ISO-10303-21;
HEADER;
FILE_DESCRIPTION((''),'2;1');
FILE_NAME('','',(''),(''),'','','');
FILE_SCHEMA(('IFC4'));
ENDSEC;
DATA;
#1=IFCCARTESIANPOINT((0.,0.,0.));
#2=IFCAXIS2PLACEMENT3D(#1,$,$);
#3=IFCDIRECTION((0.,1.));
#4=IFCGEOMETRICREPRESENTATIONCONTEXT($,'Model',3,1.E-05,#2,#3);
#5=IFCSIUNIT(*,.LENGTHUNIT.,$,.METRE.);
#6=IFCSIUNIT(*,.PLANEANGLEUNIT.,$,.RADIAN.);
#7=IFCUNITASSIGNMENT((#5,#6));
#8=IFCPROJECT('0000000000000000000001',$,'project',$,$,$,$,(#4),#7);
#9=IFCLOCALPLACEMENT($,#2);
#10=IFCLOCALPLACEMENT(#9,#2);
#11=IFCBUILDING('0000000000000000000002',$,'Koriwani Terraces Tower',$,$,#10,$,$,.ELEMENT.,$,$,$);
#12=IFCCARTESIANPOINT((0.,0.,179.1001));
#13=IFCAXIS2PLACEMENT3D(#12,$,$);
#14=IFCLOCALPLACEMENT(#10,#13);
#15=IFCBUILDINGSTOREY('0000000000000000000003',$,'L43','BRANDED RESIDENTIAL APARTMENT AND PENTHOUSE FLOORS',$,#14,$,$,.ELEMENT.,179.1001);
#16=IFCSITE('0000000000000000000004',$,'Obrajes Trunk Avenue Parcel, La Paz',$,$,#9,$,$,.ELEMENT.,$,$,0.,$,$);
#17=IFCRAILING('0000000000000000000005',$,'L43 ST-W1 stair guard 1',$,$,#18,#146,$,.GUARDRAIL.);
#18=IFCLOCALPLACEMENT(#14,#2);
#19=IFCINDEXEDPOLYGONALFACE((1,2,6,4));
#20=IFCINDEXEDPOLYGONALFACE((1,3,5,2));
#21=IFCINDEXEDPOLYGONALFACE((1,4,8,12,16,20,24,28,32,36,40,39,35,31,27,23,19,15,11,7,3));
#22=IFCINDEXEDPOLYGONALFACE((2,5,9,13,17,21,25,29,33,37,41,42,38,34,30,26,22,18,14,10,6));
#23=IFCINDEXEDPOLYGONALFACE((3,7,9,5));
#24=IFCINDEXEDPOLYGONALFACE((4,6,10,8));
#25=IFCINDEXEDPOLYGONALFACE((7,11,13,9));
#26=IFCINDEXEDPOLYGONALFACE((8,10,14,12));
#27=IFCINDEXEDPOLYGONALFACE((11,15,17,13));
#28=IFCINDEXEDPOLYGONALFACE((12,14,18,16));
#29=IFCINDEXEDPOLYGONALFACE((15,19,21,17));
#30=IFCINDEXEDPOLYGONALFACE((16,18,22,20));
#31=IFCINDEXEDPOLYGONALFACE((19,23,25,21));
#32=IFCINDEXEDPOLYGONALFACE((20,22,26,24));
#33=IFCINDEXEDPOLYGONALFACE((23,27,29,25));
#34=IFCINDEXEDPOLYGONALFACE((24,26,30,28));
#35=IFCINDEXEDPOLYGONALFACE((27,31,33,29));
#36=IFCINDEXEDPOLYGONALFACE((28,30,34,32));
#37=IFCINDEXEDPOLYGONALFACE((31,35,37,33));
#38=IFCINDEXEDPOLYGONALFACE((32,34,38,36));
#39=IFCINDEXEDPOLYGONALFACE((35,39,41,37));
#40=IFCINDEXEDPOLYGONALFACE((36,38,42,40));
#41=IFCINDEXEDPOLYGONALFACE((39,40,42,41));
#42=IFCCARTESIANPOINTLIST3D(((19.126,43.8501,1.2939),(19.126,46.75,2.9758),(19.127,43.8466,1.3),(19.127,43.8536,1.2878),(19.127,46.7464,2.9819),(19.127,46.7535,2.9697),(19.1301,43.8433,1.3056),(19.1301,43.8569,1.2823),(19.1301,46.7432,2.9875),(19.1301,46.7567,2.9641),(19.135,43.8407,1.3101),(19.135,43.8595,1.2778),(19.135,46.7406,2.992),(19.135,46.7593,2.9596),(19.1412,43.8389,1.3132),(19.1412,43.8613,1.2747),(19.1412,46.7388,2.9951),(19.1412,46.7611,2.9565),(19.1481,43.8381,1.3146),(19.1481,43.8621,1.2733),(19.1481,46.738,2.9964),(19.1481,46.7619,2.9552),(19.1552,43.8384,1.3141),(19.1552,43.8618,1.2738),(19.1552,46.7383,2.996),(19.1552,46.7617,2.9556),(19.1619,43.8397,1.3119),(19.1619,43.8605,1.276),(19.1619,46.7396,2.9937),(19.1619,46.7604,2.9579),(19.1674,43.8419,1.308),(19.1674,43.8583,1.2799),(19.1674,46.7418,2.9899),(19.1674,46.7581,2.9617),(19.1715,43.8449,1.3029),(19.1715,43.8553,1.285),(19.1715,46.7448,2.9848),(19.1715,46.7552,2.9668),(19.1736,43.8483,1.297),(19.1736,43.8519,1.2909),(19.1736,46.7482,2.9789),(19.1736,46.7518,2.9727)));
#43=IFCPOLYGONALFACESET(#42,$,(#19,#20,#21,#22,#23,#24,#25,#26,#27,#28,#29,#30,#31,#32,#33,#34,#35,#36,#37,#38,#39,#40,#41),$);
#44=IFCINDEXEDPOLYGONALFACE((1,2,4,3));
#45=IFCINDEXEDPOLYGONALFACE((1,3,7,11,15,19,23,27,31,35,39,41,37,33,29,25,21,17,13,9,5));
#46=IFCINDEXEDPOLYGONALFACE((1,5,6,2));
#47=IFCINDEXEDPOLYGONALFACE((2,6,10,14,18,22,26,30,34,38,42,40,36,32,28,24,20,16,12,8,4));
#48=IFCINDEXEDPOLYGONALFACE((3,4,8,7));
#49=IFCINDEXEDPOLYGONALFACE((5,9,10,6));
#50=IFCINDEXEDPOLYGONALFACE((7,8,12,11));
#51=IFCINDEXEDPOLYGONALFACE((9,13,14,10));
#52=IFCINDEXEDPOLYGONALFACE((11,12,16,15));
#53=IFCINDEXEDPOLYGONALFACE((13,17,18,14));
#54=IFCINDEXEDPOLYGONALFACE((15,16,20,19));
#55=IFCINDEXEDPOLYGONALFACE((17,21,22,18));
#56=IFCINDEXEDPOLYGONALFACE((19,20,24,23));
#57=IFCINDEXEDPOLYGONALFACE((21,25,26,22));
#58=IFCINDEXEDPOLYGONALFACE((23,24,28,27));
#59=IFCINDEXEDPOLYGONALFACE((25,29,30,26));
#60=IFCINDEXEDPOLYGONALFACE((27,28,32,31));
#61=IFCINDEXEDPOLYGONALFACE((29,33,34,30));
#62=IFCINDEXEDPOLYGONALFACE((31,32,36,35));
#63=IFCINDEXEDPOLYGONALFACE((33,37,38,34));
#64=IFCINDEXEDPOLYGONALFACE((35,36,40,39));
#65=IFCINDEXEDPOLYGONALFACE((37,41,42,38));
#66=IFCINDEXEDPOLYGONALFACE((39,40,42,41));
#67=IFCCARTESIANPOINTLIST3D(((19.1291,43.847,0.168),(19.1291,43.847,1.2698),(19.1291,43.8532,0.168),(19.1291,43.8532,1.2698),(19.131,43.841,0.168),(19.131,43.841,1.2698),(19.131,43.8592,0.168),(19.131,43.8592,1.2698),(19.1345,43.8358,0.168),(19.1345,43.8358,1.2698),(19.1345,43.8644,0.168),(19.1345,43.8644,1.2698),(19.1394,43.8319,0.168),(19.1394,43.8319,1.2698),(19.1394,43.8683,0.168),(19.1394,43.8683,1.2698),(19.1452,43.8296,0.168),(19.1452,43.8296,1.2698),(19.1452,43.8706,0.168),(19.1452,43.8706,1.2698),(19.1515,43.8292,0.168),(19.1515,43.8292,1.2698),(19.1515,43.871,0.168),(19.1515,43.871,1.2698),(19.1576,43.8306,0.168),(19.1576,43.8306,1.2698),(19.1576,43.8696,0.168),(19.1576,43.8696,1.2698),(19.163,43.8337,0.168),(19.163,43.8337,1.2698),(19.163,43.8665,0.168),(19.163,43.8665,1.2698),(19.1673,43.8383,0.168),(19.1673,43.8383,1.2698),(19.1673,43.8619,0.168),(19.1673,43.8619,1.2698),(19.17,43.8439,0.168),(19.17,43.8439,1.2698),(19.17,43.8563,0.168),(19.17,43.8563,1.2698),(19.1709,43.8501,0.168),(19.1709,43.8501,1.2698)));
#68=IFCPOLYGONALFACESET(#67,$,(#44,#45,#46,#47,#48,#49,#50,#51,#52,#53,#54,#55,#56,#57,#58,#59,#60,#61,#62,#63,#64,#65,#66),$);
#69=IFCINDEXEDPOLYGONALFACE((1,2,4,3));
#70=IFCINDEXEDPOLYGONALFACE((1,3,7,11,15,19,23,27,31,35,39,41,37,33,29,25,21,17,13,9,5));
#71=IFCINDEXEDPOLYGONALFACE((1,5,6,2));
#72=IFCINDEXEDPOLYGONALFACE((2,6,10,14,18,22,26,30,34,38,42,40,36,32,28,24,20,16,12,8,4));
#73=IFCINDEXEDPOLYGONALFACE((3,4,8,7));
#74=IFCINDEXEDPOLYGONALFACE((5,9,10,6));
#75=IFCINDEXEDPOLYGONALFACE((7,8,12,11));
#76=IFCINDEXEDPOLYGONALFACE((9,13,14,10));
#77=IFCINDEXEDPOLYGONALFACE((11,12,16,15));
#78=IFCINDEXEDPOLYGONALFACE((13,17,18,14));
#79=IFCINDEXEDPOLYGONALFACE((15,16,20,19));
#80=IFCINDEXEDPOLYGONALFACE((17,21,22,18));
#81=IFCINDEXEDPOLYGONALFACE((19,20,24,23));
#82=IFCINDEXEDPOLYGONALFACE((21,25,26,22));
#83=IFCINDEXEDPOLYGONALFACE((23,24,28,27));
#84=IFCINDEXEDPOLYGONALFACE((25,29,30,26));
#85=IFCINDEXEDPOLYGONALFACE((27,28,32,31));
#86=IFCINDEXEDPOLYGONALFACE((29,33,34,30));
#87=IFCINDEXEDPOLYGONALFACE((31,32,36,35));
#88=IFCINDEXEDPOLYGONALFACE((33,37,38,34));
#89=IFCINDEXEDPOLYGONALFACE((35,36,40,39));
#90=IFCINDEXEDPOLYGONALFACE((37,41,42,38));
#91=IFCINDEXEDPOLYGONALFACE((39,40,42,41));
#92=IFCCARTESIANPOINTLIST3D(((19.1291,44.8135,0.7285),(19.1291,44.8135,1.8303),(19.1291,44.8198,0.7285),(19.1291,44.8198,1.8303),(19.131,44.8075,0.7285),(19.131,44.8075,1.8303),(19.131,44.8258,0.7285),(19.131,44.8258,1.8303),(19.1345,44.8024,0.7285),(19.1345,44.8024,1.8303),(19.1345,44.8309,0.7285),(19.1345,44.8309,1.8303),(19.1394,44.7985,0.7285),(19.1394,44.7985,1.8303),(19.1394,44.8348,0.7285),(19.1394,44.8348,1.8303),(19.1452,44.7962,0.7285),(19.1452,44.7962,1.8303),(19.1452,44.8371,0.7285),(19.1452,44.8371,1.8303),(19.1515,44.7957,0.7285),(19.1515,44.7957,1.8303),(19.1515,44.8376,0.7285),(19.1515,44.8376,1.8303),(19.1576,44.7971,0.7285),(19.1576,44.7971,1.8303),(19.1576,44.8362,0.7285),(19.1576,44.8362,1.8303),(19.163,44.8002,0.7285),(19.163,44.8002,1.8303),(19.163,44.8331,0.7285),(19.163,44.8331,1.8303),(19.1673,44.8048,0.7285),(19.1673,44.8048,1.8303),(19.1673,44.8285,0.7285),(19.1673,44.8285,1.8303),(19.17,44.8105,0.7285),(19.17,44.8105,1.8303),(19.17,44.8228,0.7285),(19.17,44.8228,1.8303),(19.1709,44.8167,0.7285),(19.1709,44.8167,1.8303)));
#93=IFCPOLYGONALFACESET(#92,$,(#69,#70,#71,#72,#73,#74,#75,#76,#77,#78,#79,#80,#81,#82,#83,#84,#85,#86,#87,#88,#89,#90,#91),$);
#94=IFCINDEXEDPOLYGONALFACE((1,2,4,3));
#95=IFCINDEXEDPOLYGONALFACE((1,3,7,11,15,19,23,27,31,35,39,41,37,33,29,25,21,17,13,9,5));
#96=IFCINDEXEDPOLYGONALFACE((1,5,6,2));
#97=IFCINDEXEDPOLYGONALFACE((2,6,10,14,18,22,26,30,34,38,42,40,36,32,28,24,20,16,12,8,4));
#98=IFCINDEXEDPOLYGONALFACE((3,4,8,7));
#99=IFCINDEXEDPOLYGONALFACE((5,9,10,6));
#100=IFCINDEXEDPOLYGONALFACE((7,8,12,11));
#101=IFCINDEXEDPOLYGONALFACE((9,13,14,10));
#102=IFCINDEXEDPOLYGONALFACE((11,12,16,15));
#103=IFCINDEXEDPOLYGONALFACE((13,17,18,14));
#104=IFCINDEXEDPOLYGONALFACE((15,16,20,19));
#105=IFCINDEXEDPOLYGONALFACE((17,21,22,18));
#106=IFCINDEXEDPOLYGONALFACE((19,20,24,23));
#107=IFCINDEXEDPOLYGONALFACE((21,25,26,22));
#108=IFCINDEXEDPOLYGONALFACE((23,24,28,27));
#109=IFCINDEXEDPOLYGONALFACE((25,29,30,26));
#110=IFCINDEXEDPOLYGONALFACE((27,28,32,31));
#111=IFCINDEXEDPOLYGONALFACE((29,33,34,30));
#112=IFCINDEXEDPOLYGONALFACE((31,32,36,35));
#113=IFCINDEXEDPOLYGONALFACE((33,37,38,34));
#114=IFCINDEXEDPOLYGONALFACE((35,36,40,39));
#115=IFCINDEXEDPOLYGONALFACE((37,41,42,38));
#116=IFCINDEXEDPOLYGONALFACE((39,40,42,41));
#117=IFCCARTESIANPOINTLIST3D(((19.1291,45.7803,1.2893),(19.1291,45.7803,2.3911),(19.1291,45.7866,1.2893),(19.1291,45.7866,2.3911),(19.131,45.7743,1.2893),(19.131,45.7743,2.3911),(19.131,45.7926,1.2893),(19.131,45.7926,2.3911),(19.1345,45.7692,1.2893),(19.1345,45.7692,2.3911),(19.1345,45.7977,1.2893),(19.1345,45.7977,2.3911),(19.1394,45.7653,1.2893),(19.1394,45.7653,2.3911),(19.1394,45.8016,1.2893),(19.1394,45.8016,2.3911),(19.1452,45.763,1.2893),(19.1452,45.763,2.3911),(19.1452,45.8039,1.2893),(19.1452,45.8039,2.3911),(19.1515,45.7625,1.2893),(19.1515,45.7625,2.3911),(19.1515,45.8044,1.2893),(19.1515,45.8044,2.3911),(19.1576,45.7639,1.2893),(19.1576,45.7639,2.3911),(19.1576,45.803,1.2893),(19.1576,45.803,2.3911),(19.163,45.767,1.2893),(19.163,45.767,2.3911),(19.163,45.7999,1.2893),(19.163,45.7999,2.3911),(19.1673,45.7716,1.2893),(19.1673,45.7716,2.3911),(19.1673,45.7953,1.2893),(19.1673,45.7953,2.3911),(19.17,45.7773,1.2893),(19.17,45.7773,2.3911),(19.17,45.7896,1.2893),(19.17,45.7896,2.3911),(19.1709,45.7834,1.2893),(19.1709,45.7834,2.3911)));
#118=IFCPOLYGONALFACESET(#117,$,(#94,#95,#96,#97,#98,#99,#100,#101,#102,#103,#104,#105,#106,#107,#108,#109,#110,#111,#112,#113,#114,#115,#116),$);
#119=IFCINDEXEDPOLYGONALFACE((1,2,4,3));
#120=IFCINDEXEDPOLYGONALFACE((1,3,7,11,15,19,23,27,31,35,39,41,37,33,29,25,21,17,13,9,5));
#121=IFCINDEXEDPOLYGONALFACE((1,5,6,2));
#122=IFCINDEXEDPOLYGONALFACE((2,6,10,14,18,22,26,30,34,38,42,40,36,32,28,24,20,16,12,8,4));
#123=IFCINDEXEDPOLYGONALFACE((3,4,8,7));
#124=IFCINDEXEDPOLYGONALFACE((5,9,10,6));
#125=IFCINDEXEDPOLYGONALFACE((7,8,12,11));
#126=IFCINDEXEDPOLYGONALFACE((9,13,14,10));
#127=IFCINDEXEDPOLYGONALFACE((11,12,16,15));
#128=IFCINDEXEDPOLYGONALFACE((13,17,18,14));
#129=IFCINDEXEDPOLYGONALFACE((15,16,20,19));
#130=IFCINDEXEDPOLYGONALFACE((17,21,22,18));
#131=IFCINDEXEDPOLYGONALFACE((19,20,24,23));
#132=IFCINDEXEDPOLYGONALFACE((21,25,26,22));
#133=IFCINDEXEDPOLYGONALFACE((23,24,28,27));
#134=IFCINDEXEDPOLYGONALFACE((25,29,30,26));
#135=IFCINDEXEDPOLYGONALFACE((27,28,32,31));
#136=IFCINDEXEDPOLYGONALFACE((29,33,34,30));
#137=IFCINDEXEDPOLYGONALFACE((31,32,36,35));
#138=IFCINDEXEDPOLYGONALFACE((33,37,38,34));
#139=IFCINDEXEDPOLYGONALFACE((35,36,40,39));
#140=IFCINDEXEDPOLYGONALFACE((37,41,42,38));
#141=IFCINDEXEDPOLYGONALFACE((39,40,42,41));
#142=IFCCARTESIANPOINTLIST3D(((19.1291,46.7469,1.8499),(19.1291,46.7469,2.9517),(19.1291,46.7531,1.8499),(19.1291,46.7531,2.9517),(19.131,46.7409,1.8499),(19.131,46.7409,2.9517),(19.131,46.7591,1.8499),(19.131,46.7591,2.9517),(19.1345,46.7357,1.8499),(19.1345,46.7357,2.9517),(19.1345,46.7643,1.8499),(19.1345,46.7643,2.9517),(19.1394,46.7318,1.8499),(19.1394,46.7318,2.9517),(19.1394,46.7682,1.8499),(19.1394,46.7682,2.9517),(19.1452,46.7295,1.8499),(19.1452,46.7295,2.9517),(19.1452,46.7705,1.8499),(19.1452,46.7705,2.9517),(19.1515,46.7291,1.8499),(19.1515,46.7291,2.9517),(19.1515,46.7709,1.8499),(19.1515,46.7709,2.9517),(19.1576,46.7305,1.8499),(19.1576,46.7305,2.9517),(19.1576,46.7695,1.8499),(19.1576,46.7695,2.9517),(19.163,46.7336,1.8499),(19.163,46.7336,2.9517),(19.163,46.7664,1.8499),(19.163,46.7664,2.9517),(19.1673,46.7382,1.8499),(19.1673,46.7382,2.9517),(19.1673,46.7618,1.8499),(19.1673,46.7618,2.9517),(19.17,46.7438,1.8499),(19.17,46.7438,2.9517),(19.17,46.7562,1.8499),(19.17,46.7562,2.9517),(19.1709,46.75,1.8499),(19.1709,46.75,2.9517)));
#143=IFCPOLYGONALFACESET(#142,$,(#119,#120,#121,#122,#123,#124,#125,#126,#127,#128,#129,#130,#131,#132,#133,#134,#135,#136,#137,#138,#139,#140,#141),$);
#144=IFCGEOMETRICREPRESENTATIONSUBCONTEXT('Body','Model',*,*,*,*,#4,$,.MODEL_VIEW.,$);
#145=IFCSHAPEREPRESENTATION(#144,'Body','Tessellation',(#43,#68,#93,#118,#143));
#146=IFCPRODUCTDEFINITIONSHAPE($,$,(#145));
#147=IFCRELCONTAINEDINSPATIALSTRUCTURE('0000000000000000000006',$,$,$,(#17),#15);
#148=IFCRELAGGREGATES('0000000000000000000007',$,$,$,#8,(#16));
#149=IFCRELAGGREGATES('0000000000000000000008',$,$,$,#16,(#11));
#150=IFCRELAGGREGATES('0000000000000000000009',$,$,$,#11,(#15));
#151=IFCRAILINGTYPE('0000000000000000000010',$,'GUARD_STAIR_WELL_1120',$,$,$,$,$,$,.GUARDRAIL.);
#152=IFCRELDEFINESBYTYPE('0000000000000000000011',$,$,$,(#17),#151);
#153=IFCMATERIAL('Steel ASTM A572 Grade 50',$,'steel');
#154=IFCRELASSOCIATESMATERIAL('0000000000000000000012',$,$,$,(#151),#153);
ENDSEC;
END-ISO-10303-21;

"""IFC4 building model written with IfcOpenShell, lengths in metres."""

from ifc_helpers import new_model, si_unit, direction, frame, origin, origin_2d, place, context, subcontext, project, spatial, circle, extrude, material, type_object, element, save


model = new_model("IFC4")

# Units and contexts
model_context = context("Model", 3, precision=1e-05, world=origin(), true_north=direction((0.0, 1.0)))
body_context = subcontext(model_context, "Body", "Model", "MODEL_VIEW")
ifc_project = project(units=[si_unit("LENGTHUNIT", "METRE"), si_unit("PLANEANGLEUNIT", "RADIAN")], contexts=[model_context])

# Site, building, storey
site_placement = place(None, origin())
site = spatial("IfcSite", under=ifc_project, at=site_placement, Name="Obrajes Trunk Avenue Parcel, La Paz", CompositionType="ELEMENT", RefElevation=0.0)
building_placement = place(site_placement, origin())
building = spatial("IfcBuilding", under=site, at=building_placement, Name="Koriwani Terraces Tower", CompositionType="ELEMENT")
storey_placement = place(building_placement, frame((0.0, 0.0, 179.1001)))
storey = spatial("IfcBuildingStorey", under=building, at=storey_placement, Name="L43", Description="BRANDED RESIDENTIAL APARTMENT AND PENTHOUSE FLOORS", CompositionType="ELEMENT", Elevation=179.1001)

# Shared definitions
ifc_material_1 = material(Name="Steel ASTM A572 Grade 50", Category="steel")

# Railing
railing_type_1 = type_object("IfcRailingType", Name="GUARD_STAIR_WELL_1120", PredefinedType="GUARDRAIL", material=ifc_material_1)
railing_1_placement = place(storey_placement, frame((19.1499, 43.8501, 0.168)))
element("IfcRailing", 1, at=railing_1_placement, inside=storey, type_object=railing_type_1, Name="L43 ST-W1 stair guard 1", PredefinedType="GUARDRAIL", context=body_context, shape_type="SweptSolid", body=[
    extrude(circle(Radius=0.0239, at=origin_2d()), frame((0.0, 0.0, 1.126), z_axis=(0.0, 0.865039, 0.501705), x_axis=(-1.0, 0.0, 0.0)), (0.0, 0.0, 1.0), 3.3523),
    extrude(circle(Radius=0.021, at=origin_2d()), origin(), (0.0, 0.0, 1.0), 1.1018),
    extrude(circle(Radius=0.021, at=origin_2d()), frame((0.0, 0.9666, 0.5605)), (0.0, 0.0, 1.0), 1.1018),
    extrude(circle(Radius=0.021, at=origin_2d()), frame((0.0, 1.9333, 1.1213)), (0.0, 0.0, 1.0), 1.1018),
    extrude(circle(Radius=0.021, at=origin_2d()), frame((0.0, 2.8999, 1.6819)), (0.0, 0.0, 1.0), 1.1018),
])

save(model, "model.ifc")
